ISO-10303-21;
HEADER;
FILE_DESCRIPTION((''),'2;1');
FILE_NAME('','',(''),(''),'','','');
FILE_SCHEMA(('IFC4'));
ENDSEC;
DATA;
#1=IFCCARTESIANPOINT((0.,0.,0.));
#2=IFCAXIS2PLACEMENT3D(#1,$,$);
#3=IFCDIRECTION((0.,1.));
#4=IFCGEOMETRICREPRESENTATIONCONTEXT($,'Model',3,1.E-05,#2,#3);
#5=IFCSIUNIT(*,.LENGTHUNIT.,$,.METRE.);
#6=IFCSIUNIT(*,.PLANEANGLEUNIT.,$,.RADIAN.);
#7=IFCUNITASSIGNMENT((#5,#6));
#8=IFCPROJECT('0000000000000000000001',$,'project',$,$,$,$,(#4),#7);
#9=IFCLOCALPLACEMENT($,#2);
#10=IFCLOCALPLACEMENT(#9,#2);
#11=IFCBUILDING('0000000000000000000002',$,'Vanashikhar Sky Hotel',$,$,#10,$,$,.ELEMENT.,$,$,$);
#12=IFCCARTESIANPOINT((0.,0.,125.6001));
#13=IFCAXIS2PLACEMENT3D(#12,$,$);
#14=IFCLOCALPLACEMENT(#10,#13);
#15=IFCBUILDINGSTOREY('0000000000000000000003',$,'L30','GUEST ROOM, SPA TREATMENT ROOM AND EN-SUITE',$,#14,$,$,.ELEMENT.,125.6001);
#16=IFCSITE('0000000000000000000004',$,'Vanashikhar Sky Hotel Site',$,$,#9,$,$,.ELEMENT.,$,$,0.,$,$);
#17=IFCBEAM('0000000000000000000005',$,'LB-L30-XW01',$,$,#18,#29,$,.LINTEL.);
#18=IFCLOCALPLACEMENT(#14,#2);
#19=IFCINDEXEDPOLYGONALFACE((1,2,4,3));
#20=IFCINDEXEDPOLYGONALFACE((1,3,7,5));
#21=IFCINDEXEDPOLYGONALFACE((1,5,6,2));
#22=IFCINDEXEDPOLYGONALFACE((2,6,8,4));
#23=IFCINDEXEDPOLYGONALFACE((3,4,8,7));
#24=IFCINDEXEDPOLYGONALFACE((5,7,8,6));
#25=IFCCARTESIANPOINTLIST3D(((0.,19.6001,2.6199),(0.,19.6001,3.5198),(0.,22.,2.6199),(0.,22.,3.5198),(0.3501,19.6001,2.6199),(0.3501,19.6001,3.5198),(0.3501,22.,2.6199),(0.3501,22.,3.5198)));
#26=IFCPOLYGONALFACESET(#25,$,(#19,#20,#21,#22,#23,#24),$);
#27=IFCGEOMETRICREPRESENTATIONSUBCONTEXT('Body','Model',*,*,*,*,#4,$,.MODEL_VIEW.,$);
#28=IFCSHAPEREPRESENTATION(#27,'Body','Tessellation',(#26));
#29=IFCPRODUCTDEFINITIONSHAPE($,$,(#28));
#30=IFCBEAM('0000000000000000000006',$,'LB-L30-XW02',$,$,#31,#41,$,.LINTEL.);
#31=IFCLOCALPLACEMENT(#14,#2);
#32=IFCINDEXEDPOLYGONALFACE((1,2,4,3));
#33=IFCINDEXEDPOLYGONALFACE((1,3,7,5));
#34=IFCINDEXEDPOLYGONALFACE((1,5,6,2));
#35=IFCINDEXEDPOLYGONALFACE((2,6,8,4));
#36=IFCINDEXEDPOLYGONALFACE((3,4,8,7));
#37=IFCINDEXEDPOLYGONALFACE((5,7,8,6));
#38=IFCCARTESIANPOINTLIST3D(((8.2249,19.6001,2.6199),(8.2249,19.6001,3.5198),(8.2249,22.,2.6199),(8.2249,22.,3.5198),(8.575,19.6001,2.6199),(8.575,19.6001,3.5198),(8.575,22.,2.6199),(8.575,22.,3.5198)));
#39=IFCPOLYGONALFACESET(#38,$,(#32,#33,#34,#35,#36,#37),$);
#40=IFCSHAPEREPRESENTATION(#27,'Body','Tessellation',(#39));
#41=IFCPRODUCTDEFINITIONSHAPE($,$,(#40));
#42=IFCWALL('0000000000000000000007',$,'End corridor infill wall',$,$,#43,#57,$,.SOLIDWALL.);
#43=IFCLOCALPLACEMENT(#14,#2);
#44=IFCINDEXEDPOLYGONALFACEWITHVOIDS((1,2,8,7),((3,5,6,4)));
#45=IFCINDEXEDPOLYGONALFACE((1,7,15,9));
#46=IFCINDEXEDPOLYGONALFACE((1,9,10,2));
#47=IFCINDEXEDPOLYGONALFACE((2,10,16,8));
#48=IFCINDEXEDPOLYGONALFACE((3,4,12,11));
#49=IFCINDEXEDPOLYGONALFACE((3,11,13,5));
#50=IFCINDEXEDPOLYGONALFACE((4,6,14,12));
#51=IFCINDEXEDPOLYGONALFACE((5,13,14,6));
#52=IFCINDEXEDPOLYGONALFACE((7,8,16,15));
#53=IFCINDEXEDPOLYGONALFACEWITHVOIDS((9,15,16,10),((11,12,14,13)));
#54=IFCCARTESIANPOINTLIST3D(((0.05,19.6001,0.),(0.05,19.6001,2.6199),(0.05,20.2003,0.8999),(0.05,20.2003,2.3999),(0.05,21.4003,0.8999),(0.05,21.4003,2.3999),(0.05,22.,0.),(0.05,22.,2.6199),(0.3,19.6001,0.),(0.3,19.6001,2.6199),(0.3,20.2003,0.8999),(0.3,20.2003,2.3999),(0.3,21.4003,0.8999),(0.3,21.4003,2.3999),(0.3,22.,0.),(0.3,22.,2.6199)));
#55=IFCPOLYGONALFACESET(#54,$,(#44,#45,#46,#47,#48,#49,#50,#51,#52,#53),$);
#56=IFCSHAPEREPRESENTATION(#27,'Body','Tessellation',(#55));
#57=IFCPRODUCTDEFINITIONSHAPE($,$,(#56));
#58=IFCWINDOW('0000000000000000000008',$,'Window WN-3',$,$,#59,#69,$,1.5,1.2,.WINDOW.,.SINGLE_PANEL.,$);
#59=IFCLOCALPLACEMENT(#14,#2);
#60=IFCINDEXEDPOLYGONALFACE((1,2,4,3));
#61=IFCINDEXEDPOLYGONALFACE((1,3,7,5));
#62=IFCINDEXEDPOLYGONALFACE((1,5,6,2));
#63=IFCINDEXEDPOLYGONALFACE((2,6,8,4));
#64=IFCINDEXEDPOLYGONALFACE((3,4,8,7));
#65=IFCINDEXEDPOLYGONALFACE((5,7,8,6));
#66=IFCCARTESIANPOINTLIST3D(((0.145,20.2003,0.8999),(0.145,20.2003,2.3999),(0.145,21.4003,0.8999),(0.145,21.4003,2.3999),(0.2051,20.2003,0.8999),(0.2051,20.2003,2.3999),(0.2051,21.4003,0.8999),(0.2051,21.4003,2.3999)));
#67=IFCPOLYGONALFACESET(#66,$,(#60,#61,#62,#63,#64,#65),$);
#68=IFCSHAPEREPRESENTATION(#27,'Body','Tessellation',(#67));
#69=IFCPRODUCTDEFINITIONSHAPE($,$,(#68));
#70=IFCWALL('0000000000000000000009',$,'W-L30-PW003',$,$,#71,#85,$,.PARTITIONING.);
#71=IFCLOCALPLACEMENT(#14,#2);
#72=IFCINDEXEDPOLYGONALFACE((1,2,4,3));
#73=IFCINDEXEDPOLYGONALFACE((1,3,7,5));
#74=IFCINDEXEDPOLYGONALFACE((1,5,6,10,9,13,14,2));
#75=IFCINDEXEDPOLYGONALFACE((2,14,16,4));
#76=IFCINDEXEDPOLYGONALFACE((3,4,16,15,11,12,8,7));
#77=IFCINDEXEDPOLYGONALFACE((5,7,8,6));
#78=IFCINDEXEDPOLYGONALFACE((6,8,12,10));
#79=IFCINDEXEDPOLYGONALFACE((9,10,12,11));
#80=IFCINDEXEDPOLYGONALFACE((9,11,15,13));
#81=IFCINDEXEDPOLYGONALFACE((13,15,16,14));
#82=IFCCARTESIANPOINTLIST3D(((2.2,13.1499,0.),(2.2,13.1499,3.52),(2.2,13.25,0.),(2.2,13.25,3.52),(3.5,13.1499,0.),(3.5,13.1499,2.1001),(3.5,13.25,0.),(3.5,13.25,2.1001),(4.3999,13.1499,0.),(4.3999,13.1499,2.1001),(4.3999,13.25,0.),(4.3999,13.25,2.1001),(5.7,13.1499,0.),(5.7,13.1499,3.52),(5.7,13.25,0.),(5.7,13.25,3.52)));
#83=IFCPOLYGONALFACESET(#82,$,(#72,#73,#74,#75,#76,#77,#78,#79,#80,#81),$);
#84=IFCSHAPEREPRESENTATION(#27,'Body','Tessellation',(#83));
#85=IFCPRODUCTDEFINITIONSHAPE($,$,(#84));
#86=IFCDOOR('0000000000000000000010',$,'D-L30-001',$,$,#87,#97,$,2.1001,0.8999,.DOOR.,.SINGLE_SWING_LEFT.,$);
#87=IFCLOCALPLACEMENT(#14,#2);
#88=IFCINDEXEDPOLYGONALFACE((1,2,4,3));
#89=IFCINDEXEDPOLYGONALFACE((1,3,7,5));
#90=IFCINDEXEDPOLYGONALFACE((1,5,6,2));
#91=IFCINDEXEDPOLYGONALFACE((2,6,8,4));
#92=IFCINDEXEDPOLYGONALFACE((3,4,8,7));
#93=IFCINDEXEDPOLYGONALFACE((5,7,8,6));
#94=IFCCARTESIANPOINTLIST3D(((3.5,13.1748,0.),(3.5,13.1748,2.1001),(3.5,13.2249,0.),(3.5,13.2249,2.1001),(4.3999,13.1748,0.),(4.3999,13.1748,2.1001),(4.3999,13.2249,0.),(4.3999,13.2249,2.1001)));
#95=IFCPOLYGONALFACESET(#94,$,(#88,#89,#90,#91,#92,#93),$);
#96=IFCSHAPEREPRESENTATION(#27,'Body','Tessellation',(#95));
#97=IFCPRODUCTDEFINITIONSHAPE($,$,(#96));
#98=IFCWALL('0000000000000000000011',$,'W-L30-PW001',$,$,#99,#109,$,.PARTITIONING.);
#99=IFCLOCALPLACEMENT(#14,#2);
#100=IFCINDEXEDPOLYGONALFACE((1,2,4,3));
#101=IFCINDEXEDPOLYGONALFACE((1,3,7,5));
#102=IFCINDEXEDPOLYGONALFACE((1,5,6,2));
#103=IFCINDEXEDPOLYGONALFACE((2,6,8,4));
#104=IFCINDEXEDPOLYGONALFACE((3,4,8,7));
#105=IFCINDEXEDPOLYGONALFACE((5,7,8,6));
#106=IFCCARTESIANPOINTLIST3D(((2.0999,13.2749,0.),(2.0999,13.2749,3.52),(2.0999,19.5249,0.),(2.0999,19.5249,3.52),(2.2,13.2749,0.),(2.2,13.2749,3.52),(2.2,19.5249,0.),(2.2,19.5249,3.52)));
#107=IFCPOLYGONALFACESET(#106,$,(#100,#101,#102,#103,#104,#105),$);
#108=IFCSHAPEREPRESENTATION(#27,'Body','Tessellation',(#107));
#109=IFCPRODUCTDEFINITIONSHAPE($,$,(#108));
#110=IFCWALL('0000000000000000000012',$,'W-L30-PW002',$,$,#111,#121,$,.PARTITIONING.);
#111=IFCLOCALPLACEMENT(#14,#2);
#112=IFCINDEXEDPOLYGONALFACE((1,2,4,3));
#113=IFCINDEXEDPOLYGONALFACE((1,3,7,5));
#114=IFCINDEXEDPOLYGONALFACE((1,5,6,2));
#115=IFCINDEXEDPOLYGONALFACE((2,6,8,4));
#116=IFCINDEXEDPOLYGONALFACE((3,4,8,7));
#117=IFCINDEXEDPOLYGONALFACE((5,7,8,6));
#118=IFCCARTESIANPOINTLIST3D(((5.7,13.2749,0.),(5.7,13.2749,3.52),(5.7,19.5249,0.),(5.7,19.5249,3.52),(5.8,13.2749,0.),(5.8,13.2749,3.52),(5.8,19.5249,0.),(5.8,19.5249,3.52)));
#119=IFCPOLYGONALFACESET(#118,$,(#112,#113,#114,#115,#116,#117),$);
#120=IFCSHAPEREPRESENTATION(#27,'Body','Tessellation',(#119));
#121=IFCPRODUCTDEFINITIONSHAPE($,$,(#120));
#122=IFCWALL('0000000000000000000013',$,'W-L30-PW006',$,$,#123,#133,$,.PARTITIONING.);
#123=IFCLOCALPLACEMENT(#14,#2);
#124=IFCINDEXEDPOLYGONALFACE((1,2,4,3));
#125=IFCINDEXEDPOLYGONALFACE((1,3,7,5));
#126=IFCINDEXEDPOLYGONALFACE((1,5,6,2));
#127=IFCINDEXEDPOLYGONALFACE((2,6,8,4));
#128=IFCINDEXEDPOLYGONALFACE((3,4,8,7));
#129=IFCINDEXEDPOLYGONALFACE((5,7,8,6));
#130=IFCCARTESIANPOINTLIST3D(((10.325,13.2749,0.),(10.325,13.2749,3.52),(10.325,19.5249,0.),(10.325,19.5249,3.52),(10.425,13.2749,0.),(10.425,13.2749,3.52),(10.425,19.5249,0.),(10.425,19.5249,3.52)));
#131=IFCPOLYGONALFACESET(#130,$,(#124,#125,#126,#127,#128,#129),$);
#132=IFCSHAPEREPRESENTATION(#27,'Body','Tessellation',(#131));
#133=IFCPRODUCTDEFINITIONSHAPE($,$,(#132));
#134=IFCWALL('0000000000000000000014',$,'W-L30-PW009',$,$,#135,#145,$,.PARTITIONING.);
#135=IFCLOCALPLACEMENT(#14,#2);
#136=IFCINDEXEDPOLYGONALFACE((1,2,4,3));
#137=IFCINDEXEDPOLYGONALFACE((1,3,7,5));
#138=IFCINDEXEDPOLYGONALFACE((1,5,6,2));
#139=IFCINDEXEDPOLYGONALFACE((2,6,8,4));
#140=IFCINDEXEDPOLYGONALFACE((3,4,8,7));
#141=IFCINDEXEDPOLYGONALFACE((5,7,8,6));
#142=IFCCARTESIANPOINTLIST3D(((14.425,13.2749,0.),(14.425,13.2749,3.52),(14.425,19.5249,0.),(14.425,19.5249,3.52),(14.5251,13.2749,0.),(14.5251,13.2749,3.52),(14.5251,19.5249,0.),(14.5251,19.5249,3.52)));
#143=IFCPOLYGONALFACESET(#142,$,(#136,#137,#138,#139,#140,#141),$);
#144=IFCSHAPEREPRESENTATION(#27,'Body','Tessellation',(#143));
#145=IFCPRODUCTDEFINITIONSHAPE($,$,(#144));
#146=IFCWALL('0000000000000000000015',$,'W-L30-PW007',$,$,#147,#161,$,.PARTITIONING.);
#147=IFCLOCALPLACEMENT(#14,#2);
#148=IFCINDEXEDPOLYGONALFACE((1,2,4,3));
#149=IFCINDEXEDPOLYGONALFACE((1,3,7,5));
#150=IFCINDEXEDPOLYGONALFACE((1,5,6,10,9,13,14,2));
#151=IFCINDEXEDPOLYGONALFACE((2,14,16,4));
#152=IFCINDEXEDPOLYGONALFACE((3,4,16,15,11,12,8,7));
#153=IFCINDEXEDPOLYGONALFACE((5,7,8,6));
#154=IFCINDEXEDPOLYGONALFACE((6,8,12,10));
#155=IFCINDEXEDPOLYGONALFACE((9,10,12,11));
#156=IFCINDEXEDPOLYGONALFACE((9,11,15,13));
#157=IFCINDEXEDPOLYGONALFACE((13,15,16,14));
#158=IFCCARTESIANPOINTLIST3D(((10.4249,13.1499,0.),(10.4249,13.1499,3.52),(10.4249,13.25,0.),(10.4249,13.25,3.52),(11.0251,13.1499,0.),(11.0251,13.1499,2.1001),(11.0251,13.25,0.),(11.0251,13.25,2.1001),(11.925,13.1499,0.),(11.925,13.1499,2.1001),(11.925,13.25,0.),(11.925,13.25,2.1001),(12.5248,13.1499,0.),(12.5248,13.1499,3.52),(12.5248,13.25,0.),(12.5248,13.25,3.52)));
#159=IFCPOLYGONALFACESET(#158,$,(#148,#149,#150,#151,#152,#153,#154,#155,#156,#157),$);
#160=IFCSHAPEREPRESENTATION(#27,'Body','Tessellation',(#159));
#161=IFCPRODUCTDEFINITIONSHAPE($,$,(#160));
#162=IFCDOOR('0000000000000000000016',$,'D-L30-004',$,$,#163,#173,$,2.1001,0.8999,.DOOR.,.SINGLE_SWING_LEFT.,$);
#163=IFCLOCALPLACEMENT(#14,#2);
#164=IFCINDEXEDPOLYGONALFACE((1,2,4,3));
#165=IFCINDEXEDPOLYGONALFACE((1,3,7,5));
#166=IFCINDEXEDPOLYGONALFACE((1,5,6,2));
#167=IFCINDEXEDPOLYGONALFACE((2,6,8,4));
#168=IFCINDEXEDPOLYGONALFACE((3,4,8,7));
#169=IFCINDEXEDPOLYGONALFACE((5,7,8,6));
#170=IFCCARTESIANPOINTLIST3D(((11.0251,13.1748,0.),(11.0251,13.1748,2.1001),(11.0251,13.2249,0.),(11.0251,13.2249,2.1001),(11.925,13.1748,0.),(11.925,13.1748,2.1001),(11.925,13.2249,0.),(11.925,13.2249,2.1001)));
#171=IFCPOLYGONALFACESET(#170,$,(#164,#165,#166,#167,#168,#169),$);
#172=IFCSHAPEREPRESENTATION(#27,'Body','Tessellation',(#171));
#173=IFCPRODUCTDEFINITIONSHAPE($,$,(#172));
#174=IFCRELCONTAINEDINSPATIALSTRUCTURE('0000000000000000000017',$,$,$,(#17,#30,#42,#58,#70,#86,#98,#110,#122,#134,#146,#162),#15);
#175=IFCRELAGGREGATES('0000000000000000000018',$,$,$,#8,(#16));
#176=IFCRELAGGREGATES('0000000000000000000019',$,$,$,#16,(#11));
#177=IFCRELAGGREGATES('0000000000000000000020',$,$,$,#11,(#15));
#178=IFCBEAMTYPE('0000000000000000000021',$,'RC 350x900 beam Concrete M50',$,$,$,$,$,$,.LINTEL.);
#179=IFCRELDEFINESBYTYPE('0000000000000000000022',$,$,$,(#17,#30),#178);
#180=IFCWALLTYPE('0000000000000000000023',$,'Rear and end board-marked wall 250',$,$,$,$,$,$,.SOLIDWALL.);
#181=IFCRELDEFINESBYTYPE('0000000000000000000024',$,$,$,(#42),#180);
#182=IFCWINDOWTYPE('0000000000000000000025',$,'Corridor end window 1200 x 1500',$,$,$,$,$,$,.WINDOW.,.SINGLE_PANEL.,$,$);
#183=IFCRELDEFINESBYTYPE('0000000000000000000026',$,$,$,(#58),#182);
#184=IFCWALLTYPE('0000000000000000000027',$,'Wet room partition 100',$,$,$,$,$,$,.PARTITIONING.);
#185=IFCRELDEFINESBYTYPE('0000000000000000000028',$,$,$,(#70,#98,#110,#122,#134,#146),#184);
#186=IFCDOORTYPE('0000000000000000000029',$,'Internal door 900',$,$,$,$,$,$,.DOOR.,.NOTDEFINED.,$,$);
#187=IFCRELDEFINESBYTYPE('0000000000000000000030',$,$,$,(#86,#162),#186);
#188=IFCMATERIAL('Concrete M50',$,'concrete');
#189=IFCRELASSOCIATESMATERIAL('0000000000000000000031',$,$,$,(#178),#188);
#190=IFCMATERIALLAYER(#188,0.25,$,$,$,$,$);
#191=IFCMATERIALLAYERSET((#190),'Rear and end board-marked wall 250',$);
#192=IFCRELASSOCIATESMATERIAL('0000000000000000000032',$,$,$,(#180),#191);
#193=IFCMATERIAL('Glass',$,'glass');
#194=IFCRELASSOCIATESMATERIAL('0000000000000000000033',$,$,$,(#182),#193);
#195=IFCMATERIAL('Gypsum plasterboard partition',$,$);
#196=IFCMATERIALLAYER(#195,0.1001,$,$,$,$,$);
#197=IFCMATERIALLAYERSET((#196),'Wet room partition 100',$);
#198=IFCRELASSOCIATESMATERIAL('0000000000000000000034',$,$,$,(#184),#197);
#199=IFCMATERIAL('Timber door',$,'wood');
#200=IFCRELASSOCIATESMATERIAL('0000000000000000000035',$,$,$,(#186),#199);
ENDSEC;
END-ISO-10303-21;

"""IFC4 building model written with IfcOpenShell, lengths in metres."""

from ifc_helpers import new_model, si_unit, direction, frame, frame_2d, origin, origin_2d, place, context, subcontext, project, spatial, rectangle, extrude, source, transform, mapped, material, layer, layer_set, material_profile, profile_set, type_object, element, fill, save


model = new_model("IFC4")

# Units and contexts
model_context = context("Model", 3, precision=1e-05, world=origin(), true_north=direction((0.0, 1.0)))
body_context = subcontext(model_context, "Body", "Model", "MODEL_VIEW")
ifc_project = project(units=[si_unit("LENGTHUNIT", "METRE"), si_unit("PLANEANGLEUNIT", "RADIAN")], contexts=[model_context])

# Site, building, storey
site_placement = place(None, origin())
site = spatial("IfcSite", under=ifc_project, at=site_placement, Name="Vanashikhar Sky Hotel Site", CompositionType="ELEMENT", RefElevation=0.0)
building_placement = place(site_placement, origin())
building = spatial("IfcBuilding", under=site, at=building_placement, Name="Vanashikhar Sky Hotel", CompositionType="ELEMENT")
storey_placement = place(building_placement, frame((0.0, 0.0, 125.6001)))
storey = spatial("IfcBuildingStorey", under=building, at=storey_placement, Name="L30", Description="GUEST ROOM, SPA TREATMENT ROOM AND EN-SUITE", CompositionType="ELEMENT", Elevation=125.6001)

# Beams
ifc_material_1 = material(Name="Concrete M50", Category="concrete")
ifc_material_profile = material_profile(ifc_material_1, rectangle(XDim=0.3501, YDim=0.8999, at=origin_2d()))
ifc_profile_set = profile_set([ifc_material_profile], Name="RC 350x900 beam Concrete M50")
beam_type = type_object("IfcBeamType", Name="RC 350x900 beam Concrete M50", PredefinedType="LINTEL", material=ifc_profile_set)
shared_shape_1 = source(origin(), body_context, "Body", "SweptSolid", [
    extrude(rectangle(XDim=0.3501, YDim=0.8999, at=origin_2d()), origin(), (0.0, 0.0, 1.0), 2.3999),
])
for number, where, z_axis, x_axis, name in (
    (1, (0.175, 19.6001, 3.0698), (0.0, 1.0, 0.0), (-1.0, 0.0, 0.0), "LB-L30-XW01"),
    (2, (8.3999, 19.6001, 3.0698), (0.0, 1.0, 0.0), (-1.0, 0.0, 0.0), "LB-L30-XW02"),
):
    element("IfcBeam", number, at=place(storey_placement, frame(where, z_axis=z_axis, x_axis=x_axis)), inside=storey, type_object=beam_type, Name=name, PredefinedType="LINTEL", context=body_context, shape_type="MappedRepresentation", body=[
        mapped(shared_shape_1, transform((0.0, 0.0, 0.0), scale=1.0)),
    ])

# Wall, opening, window
ifc_layer_1 = layer(ifc_material_1, 0.25)
ifc_layer_set_1 = layer_set([ifc_layer_1], Name="Rear and end board-marked wall 250")
wall_type_1 = type_object("IfcWallType", Name="Rear and end board-marked wall 250", PredefinedType="SOLIDWALL", material=ifc_layer_set_1)
shared_shape_2 = source(origin(), body_context, "Body", "SweptSolid", [
    extrude(rectangle(XDim=2.3999, YDim=0.25, at=frame_2d((1.2, 0.0))), origin(), (0.0, 0.0, 1.0), 2.6199),
])
wall_1_placement = place(storey_placement, frame((0.175, 19.6001, 0.0), z_axis=(0.0, 0.0, 1.0), x_axis=(0.0, 1.0, 0.0)))
wall_1 = element("IfcWall", 3, at=wall_1_placement, inside=storey, type_object=wall_type_1, Name="End corridor infill wall", PredefinedType="SOLIDWALL", context=body_context, shape_type="MappedRepresentation", body=[
    mapped(shared_shape_2, transform((0.0, 0.0, 0.0), scale=1.0)),
])
shared_shape_3 = source(origin(), body_context, "Body", "SweptSolid", [
    extrude(rectangle(XDim=1.2, YDim=1.5, at=frame_2d((0.6001, 0.75))), frame((0.0, 0.135, 0.0), z_axis=(0.0, -1.0, 0.0), x_axis=(1.0, 0.0, 0.0)), (0.0, 0.0, 1.0), 0.27),
])
opening_1_placement = place(wall_1_placement, frame((0.6001, 0.0, 0.8999)))
opening_1 = element("IfcOpeningElement", 4, at=opening_1_placement, cuts=wall_1, PredefinedType="OPENING", context=body_context, shape_type="MappedRepresentation", body=[
    mapped(shared_shape_3, transform((0.0, 0.0, 0.0), scale=1.0)),
])
ifc_material_2 = material(Name="Glass", Category="glass")
window_type = type_object("IfcWindowType", Name="Corridor end window 1200 x 1500", PartitioningType="SINGLE_PANEL", PredefinedType="WINDOW", material=ifc_material_2)
shared_shape_4 = source(origin(), body_context, "Body", "SweptSolid", [
    extrude(rectangle(XDim=1.2, YDim=1.5, at=frame_2d((0.6001, 0.75))), frame((0.0, 0.03, 0.0), z_axis=(0.0, -1.0, 0.0), x_axis=(1.0, 0.0, 0.0)), (0.0, 0.0, 1.0), 0.0601),
])
window_placement = place(opening_1_placement, origin())
window = element("IfcWindow", 5, at=window_placement, inside=storey, type_object=window_type, Name="Window WN-3", OverallHeight=1.5, OverallWidth=1.2, PartitioningType="SINGLE_PANEL", PredefinedType="WINDOW", context=body_context, shape_type="MappedRepresentation", body=[
    mapped(shared_shape_4, transform((0.0, 0.0, 0.0), scale=1.0)),
])
fill(opening_1, window)

# Wall, opening, door
ifc_material_3 = material(Name="Gypsum plasterboard partition")
ifc_layer_2 = layer(ifc_material_3, 0.1001)
ifc_layer_set_2 = layer_set([ifc_layer_2], Name="Wet room partition 100")
wall_type_2 = type_object("IfcWallType", Name="Wet room partition 100", PredefinedType="PARTITIONING", material=ifc_layer_set_2)
shared_shape_5 = source(origin(), body_context, "Body", "SweptSolid", [
    extrude(rectangle(XDim=3.5, YDim=0.1001, at=frame_2d((1.75, 0.0))), origin(), (0.0, 0.0, 1.0), 3.52),
])
wall_2_placement = place(storey_placement, frame((2.2, 13.2, 0.0), z_axis=(0.0, 0.0, 1.0), x_axis=(1.0, 0.0, 0.0)))
wall_2 = element("IfcWall", 6, at=wall_2_placement, inside=storey, type_object=wall_type_2, Name="W-L30-PW003", PredefinedType="PARTITIONING", context=body_context, shape_type="MappedRepresentation", body=[
    mapped(shared_shape_5, transform((0.0, 0.0, 0.0), scale=1.0)),
])
shared_shape_6 = source(origin(), body_context, "Body", "SweptSolid", [
    extrude(rectangle(XDim=0.8999, YDim=2.1001, at=frame_2d((0.45, 1.05))), frame((0.0, 0.0601, 0.0), z_axis=(0.0, -1.0, 0.0), x_axis=(1.0, 0.0, 0.0)), (0.0, 0.0, 1.0), 0.1201),
])
opening_2_placement = place(wall_2_placement, frame((1.3, 0.0, 0.0)))
opening_2 = element("IfcOpeningElement", 7, at=opening_2_placement, cuts=wall_2, PredefinedType="OPENING", context=body_context, shape_type="MappedRepresentation", body=[
    mapped(shared_shape_6, transform((0.0, 0.0, 0.0), scale=1.0)),
])
ifc_material_4 = material(Name="Timber door", Category="wood")
door_type_1 = type_object("IfcDoorType", Name="Internal door 900", OperationType="NOTDEFINED", PredefinedType="DOOR", material=ifc_material_4)
shared_shape_7 = source(origin(), body_context, "Body", "SweptSolid", [
    extrude(rectangle(XDim=0.8999, YDim=2.1001, at=frame_2d((0.45, 1.05))), frame((0.0, 0.0249, 0.0), z_axis=(0.0, -1.0, 0.0), x_axis=(1.0, 0.0, 0.0)), (0.0, 0.0, 1.0), 0.05),
])
door_1_placement = place(opening_2_placement, origin())
door_1 = element("IfcDoor", 8, at=door_1_placement, inside=storey, type_object=door_type_1, Name="D-L30-001", OperationType="SINGLE_SWING_LEFT", OverallHeight=2.1001, OverallWidth=0.8999, PredefinedType="DOOR", context=body_context, shape_type="MappedRepresentation", body=[
    mapped(shared_shape_7, transform((0.0, 0.0, 0.0), scale=1.0)),
])
fill(opening_2, door_1)

# Walls
shared_shape_8 = source(origin(), body_context, "Body", "SweptSolid", [
    extrude(rectangle(XDim=6.25, YDim=0.1001, at=frame_2d((3.125, 0.0))), origin(), (0.0, 0.0, 1.0), 3.52),
])
for number, where, z_axis, x_axis, name in (
    (9, (2.1499, 13.2749, 0.0), (0.0, 0.0, 1.0), (0.0, 1.0, 0.0), "W-L30-PW001"),
    (10, (5.75, 13.2749, 0.0), (0.0, 0.0, 1.0), (0.0, 1.0, 0.0), "W-L30-PW002"),
    (11, (10.375, 13.2749, 0.0), (0.0, 0.0, 1.0), (0.0, 1.0, 0.0), "W-L30-PW006"),
    (12, (14.4751, 13.2749, 0.0), (0.0, 0.0, 1.0), (0.0, 1.0, 0.0), "W-L30-PW009"),
):
    element("IfcWall", number, at=place(storey_placement, frame(where, z_axis=z_axis, x_axis=x_axis)), inside=storey, type_object=wall_type_2, Name=name, PredefinedType="PARTITIONING", context=body_context, shape_type="MappedRepresentation", body=[
        mapped(shared_shape_8, transform((0.0, 0.0, 0.0), scale=1.0)),
    ])

# Wall, opening, door
shared_shape_9 = source(origin(), body_context, "Body", "SweptSolid", [
    extrude(rectangle(XDim=2.0999, YDim=0.1001, at=frame_2d((1.0498, 0.0))), origin(), (0.0, 0.0, 1.0), 3.52),
])
wall_3_placement = place(storey_placement, frame((10.425, 13.2, 0.0), z_axis=(0.0, 0.0, 1.0), x_axis=(1.0, 0.0, 0.0)))
wall_3 = element("IfcWall", 13, at=wall_3_placement, inside=storey, type_object=wall_type_2, Name="W-L30-PW007", PredefinedType="PARTITIONING", context=body_context, shape_type="MappedRepresentation", body=[
    mapped(shared_shape_9, transform((0.0, 0.0, 0.0), scale=1.0)),
])
opening_3_placement = place(wall_3_placement, frame((0.6001, 0.0, 0.0)))
opening_3 = element("IfcOpeningElement", 14, at=opening_3_placement, cuts=wall_3, PredefinedType="OPENING", context=body_context, shape_type="MappedRepresentation", body=[
    mapped(shared_shape_6, transform((0.0, 0.0, 0.0), scale=1.0)),
])
door_2_placement = place(opening_3_placement, origin())
door_2 = element("IfcDoor", 15, at=door_2_placement, inside=storey, type_object=door_type_1, Name="D-L30-004", OperationType="SINGLE_SWING_LEFT", OverallHeight=2.1001, OverallWidth=0.8999, PredefinedType="DOOR", context=body_context, shape_type="MappedRepresentation", body=[
    mapped(shared_shape_7, transform((0.0, 0.0, 0.0), scale=1.0)),
])
fill(opening_3, door_2)

save(model, "model.ifc")
